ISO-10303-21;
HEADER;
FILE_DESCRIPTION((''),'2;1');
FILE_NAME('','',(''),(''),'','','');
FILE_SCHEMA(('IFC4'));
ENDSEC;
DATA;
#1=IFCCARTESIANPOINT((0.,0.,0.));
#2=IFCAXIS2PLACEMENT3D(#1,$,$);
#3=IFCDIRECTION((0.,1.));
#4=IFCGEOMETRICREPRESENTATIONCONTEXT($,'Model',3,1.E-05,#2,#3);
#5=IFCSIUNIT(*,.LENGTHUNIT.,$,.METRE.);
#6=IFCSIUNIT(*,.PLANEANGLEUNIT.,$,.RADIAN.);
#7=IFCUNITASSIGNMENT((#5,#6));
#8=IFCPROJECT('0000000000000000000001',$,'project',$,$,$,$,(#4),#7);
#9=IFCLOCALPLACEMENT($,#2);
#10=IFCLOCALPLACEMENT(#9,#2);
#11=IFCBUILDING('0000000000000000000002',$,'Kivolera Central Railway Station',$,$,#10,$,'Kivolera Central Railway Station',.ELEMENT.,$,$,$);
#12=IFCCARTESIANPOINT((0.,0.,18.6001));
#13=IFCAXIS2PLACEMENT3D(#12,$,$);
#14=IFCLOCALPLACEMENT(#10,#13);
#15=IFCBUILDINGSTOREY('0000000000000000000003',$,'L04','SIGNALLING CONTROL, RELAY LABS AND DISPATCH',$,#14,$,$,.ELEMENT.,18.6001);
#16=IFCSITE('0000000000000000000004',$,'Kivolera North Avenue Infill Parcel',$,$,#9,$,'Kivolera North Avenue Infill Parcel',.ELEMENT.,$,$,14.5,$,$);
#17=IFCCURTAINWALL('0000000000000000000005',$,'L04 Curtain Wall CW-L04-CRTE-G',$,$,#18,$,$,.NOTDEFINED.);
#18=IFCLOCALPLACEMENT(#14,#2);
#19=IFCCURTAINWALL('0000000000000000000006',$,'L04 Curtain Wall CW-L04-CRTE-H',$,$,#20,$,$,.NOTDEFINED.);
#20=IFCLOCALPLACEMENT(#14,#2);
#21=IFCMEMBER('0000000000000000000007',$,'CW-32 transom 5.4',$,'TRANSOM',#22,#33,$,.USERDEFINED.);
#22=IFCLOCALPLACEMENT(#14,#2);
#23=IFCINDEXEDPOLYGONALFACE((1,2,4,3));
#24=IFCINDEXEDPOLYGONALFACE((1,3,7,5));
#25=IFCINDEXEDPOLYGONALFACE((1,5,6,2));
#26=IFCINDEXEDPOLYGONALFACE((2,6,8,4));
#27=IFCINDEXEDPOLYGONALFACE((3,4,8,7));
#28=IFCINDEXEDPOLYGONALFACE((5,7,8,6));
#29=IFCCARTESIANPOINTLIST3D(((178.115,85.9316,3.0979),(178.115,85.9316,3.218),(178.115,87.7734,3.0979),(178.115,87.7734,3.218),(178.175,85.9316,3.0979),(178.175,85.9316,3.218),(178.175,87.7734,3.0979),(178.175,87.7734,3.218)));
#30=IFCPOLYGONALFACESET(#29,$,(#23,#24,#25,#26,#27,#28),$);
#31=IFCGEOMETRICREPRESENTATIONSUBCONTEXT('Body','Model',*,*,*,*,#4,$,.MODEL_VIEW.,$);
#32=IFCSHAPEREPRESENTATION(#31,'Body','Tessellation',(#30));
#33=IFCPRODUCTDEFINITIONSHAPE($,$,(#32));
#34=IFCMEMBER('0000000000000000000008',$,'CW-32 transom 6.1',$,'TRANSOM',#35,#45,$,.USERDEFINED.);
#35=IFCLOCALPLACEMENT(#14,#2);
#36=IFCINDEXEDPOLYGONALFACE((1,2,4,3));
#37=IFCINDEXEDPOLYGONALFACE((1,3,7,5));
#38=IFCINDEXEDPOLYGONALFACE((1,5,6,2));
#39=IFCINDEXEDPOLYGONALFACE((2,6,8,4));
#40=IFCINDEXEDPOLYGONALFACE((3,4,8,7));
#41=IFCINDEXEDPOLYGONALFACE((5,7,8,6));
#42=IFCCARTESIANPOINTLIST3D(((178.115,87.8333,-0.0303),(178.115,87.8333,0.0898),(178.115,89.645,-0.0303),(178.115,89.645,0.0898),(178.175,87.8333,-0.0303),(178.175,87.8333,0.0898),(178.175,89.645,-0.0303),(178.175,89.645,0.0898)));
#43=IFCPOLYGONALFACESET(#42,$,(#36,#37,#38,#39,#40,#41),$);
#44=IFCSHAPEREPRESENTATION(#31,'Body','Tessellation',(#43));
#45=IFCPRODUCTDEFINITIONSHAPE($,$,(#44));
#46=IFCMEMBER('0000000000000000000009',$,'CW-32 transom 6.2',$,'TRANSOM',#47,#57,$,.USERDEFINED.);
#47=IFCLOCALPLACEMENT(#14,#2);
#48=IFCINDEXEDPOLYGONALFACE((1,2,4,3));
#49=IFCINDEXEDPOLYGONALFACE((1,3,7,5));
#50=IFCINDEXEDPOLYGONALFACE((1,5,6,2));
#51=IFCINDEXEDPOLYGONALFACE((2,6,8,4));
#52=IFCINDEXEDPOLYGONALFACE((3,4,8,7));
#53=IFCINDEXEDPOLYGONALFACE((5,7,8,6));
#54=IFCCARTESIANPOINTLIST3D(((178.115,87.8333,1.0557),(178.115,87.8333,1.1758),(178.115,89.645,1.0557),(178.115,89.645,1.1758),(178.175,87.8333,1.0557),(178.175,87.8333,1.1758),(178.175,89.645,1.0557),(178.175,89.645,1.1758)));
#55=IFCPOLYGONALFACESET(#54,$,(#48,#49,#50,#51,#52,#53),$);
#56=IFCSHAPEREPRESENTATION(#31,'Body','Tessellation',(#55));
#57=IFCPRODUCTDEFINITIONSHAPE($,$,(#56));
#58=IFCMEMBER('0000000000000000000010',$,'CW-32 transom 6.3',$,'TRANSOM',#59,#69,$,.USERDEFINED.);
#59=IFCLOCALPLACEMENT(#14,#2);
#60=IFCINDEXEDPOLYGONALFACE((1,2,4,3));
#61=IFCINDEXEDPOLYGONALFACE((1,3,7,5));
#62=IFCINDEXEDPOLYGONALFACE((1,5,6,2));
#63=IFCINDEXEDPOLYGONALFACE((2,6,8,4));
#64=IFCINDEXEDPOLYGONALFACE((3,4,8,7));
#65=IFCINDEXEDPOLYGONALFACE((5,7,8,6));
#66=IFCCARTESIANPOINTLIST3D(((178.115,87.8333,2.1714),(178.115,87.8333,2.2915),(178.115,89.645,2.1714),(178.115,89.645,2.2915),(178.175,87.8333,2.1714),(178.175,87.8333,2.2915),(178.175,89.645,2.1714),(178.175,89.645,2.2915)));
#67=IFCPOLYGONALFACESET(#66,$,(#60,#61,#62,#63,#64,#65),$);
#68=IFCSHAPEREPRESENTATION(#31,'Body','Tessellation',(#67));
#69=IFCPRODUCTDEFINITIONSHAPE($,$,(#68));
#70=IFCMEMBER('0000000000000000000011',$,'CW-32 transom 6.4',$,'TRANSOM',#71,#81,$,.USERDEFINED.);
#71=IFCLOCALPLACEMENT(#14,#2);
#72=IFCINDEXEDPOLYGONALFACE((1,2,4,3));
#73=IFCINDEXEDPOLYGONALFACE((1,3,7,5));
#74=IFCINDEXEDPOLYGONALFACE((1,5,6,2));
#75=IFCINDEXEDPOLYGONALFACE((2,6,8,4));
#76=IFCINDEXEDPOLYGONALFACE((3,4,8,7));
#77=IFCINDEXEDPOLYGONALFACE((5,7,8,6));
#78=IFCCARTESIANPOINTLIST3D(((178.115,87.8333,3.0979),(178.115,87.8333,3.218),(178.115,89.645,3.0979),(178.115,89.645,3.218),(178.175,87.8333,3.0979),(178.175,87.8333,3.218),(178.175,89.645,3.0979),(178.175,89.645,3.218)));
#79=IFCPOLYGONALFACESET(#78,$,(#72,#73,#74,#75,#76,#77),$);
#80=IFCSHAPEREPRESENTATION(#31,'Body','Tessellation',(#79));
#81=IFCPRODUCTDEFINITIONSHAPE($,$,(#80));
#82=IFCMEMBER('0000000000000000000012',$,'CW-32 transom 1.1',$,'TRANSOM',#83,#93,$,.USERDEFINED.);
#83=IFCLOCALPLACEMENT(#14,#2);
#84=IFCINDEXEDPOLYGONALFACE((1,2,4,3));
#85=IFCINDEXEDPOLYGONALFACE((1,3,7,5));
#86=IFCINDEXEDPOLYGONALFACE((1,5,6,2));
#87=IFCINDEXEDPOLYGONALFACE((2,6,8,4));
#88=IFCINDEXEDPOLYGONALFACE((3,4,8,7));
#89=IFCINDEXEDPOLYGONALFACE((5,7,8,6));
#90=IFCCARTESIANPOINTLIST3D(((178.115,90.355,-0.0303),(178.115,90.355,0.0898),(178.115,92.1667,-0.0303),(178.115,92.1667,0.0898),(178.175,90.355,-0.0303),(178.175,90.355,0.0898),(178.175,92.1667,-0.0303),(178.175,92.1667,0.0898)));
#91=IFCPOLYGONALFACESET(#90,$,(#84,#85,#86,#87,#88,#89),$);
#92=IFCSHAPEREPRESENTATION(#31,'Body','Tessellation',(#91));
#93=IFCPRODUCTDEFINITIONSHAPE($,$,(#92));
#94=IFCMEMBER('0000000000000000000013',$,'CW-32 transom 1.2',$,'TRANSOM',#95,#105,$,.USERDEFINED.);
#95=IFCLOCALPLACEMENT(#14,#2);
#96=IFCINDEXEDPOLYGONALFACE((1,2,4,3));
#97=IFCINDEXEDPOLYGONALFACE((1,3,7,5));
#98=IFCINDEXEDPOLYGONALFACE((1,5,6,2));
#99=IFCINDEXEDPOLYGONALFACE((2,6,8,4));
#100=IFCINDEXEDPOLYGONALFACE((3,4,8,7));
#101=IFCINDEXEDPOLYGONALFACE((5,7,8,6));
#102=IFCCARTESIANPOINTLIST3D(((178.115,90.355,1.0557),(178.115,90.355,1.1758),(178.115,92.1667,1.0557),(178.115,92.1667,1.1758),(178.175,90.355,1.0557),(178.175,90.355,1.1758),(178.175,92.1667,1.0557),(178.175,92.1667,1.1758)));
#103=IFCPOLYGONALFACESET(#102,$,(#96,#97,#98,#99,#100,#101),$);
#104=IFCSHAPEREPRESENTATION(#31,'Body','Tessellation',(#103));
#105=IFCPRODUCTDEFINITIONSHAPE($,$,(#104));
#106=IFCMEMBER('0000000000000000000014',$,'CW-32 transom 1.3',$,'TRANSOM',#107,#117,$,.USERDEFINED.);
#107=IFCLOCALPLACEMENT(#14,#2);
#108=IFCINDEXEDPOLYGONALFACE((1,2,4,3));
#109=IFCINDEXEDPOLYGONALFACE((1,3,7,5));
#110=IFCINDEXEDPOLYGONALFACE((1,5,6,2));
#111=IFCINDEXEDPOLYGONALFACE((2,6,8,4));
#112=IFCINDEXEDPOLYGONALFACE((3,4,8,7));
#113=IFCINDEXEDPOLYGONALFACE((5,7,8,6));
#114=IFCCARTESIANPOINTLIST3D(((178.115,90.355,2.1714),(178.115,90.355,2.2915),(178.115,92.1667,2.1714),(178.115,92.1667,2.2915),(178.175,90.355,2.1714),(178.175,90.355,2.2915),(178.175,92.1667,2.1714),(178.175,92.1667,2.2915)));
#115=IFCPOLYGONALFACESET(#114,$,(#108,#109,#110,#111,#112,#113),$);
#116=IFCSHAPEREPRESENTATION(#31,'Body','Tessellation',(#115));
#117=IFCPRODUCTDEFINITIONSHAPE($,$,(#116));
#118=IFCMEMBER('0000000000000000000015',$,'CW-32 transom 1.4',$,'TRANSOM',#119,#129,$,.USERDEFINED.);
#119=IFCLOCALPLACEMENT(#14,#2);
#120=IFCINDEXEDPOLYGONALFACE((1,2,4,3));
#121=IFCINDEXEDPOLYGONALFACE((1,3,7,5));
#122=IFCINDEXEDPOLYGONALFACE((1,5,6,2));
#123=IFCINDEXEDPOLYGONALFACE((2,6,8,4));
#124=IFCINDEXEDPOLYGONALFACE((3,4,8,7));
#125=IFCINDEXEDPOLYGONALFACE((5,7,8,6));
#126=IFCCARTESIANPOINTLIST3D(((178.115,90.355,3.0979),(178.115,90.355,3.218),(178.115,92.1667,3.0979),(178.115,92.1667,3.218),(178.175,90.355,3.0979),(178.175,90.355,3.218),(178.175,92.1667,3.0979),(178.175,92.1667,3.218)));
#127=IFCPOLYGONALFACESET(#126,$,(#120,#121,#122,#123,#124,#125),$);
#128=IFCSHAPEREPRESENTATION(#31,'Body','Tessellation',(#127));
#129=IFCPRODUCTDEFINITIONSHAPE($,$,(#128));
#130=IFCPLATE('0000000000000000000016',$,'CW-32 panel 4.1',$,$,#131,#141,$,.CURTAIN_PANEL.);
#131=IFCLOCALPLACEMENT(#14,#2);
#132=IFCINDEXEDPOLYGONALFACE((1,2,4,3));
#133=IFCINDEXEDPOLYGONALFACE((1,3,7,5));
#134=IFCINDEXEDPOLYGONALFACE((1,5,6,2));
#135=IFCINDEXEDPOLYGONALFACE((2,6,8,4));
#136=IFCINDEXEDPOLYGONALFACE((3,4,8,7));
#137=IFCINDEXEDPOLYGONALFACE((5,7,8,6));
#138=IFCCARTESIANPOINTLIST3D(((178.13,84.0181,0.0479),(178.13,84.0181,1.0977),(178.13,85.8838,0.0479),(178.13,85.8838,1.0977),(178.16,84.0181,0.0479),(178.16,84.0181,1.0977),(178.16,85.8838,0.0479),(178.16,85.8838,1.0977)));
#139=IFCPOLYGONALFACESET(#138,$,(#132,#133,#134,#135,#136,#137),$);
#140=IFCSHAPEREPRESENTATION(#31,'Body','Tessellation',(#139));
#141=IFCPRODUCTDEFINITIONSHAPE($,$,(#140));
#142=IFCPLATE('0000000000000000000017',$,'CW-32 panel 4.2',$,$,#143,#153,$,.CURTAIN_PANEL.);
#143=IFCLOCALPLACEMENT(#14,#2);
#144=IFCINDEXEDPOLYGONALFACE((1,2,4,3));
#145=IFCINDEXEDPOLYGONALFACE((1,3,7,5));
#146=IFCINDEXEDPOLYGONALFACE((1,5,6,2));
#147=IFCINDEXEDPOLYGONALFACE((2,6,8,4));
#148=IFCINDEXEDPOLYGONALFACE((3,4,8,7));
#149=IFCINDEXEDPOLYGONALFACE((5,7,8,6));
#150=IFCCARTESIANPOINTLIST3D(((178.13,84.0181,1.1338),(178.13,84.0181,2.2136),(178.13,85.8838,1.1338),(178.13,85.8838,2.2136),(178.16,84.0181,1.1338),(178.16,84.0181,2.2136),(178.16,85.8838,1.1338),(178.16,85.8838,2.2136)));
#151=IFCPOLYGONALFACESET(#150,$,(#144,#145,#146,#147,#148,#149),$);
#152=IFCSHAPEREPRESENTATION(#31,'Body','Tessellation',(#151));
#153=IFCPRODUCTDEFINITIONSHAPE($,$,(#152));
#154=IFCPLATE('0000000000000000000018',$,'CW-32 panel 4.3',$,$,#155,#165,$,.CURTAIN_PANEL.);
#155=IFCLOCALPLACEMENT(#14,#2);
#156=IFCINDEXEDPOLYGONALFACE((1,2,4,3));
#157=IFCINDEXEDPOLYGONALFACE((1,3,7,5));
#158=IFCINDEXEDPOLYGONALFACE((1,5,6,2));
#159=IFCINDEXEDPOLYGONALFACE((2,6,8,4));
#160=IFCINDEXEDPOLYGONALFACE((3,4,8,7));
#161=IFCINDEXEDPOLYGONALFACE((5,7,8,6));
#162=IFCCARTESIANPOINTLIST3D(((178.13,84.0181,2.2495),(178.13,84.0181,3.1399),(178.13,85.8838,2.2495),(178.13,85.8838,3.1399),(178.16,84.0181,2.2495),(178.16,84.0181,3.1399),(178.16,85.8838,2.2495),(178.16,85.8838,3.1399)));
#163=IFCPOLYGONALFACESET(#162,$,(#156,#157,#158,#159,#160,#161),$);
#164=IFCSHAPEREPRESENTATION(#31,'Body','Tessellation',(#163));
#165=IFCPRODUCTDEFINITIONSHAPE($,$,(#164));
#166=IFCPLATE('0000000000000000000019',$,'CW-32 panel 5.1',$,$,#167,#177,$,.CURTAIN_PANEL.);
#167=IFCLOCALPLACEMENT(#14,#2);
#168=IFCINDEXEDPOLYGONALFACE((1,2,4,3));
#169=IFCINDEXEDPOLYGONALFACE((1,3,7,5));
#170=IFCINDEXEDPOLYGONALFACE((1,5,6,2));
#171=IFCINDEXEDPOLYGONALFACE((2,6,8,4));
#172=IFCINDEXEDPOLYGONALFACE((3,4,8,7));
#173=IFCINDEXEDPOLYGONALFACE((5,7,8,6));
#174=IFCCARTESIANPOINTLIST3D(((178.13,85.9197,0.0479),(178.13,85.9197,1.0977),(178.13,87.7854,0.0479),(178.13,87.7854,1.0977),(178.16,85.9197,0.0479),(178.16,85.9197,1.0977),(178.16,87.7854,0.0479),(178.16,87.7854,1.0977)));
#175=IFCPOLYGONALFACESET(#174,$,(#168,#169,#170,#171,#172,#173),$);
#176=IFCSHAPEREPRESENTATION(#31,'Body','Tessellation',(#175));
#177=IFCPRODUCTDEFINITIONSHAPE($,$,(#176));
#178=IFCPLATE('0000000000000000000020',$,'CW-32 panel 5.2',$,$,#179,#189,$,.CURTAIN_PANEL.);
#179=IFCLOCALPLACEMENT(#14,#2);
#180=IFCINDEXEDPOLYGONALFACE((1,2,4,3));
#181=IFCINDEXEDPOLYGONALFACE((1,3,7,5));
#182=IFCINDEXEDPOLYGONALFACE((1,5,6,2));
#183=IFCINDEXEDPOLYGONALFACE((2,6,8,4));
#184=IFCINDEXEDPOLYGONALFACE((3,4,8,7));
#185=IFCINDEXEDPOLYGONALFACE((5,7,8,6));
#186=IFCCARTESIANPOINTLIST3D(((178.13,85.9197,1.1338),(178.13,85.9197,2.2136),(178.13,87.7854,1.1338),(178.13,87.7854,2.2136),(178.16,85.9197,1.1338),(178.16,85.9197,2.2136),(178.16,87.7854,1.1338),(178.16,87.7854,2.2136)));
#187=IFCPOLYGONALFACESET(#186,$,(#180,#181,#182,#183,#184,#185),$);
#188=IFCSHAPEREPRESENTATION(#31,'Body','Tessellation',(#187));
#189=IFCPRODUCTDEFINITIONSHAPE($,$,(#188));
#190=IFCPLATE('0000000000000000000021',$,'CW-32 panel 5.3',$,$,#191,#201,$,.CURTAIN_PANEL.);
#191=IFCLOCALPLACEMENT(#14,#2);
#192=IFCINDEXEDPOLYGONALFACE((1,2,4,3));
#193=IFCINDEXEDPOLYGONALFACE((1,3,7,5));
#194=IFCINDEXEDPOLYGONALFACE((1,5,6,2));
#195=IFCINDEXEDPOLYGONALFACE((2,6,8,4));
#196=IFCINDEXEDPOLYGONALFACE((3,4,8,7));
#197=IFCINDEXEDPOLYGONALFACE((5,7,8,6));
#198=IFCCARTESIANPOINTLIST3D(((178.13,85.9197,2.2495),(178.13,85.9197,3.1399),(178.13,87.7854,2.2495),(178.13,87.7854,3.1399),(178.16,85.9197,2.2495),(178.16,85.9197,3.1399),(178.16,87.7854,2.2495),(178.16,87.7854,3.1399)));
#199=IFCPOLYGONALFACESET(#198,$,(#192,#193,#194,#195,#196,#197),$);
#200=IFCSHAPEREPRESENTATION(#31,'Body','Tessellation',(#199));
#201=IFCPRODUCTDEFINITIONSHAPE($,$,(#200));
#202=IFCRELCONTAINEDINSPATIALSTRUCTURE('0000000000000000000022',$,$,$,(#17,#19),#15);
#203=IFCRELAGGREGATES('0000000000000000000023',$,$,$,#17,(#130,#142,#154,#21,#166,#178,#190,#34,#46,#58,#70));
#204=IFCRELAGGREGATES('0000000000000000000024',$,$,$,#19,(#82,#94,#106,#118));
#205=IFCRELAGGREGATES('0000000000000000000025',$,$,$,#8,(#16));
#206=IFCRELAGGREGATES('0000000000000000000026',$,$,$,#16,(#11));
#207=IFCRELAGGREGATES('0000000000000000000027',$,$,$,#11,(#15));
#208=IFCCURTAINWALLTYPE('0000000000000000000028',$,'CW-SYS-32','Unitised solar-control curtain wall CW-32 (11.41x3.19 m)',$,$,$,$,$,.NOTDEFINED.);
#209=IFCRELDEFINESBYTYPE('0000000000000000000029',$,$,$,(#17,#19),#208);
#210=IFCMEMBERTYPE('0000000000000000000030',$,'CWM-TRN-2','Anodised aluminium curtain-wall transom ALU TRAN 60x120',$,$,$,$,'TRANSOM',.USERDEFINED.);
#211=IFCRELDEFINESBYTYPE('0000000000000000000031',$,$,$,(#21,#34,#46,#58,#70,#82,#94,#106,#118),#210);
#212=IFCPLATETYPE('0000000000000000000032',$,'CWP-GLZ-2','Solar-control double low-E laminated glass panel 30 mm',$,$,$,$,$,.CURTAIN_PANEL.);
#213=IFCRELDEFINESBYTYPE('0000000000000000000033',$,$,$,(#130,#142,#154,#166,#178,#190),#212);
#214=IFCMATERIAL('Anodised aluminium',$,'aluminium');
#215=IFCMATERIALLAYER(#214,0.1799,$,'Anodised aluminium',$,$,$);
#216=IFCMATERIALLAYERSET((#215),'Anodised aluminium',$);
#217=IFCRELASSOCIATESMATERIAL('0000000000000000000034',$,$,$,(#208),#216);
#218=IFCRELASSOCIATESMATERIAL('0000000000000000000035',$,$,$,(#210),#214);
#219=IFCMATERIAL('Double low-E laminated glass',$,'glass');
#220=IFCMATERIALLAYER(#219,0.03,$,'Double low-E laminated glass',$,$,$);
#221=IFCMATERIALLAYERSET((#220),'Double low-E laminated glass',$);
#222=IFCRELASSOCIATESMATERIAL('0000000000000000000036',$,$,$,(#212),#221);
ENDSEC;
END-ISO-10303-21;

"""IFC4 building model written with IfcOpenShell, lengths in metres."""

from ifc_helpers import new_model, si_unit, direction, frame, origin, origin_2d, place, context, subcontext, project, spatial, rectangle, extrude, material, layer, layer_set, material_profile, profile_set, type_object, element, aggregate, save


model = new_model("IFC4")

# Units and contexts
model_context = context("Model", 3, precision=1e-05, world=origin(), true_north=direction((0.0, 1.0)))
body_context = subcontext(model_context, "Body", "Model", "MODEL_VIEW")
ifc_project = project(units=[si_unit("LENGTHUNIT", "METRE"), si_unit("PLANEANGLEUNIT", "RADIAN")], contexts=[model_context])

# Site, building, storey
site_placement = place(None, origin())
site = spatial("IfcSite", under=ifc_project, at=site_placement, Name="Kivolera North Avenue Infill Parcel", LongName="Kivolera North Avenue Infill Parcel", CompositionType="ELEMENT", RefElevation=14.5)
building_placement = place(site_placement, origin())
building = spatial("IfcBuilding", under=site, at=building_placement, Name="Kivolera Central Railway Station", LongName="Kivolera Central Railway Station", CompositionType="ELEMENT")
storey_placement = place(building_placement, frame((0.0, 0.0, 18.6001)))
storey = spatial("IfcBuildingStorey", under=building, at=storey_placement, Name="L04", Description="SIGNALLING CONTROL, RELAY LABS AND DISPATCH", CompositionType="ELEMENT", Elevation=18.6001)

# Curtain wall
ifc_material_1 = material(Name="Anodised aluminium", Category="aluminium")
ifc_layer_1 = layer(ifc_material_1, 0.1799, Name="Anodised aluminium")
ifc_layer_set_1 = layer_set([ifc_layer_1], Name="Anodised aluminium")
curtain_wall_type = type_object("IfcCurtainWallType", Name="CW-SYS-32", Description="Unitised solar-control curtain wall CW-32 (11.41x3.19 m)", PredefinedType="NOTDEFINED", material=ifc_layer_set_1)
curtain_wall_1_placement = place(storey_placement, origin())
curtain_wall_1 = element("IfcCurtainWall", 1, at=curtain_wall_1_placement, inside=storey, type_object=curtain_wall_type, Name="L04 Curtain Wall CW-L04-CRTE-G", PredefinedType="NOTDEFINED")

# Curtain wall
curtain_wall_2_placement = place(storey_placement, origin())
curtain_wall_2 = element("IfcCurtainWall", 2, at=curtain_wall_2_placement, inside=storey, type_object=curtain_wall_type, Name="L04 Curtain Wall CW-L04-CRTE-H", PredefinedType="NOTDEFINED")

# Members
ifc_material_profile_1 = material_profile(ifc_material_1, rectangle(XDim=0.0601, YDim=0.1201, at=origin_2d()), Name="ALU TRAN 60x120")
ifc_profile_set_1 = profile_set([ifc_material_profile_1], Name="Anodised aluminium")
member_type_1 = type_object("IfcMemberType", Name="CWM-TRN-2", Description="Anodised aluminium curtain-wall transom ALU TRAN 60x120", ElementType="TRANSOM", PredefinedType="USERDEFINED", material=ifc_profile_set_1)
member_1_placement = place(storey_placement, frame((178.145, 85.9316, 3.158), z_axis=(0.0, 1.0, 0.0), x_axis=(-1.0, 0.0, 0.0)))
member_1 = element("IfcMember", 3, at=member_1_placement, type_object=member_type_1, Name="CW-32 transom 5.4", ObjectType="TRANSOM", PredefinedType="USERDEFINED", context=body_context, shape_type="SweptSolid", body=[
    extrude(rectangle(XDim=0.0601, YDim=0.1201, at=origin_2d()), origin(), (0.0, 0.0, 1.0), 1.8418),
])
member_2_placement = place(storey_placement, frame((178.145, 87.8333, 0.0298), z_axis=(0.0, 1.0, 0.0), x_axis=(-1.0, 0.0, 0.0)))
member_2 = element("IfcMember", 4, at=member_2_placement, type_object=member_type_1, Name="CW-32 transom 6.1", ObjectType="TRANSOM", PredefinedType="USERDEFINED", context=body_context, shape_type="SweptSolid", body=[
    extrude(rectangle(XDim=0.0601, YDim=0.1201, at=origin_2d()), origin(), (0.0, 0.0, 1.0), 1.8118),
])
member_3_placement = place(storey_placement, frame((178.145, 87.8333, 1.1157), z_axis=(0.0, 1.0, 0.0), x_axis=(-1.0, 0.0, 0.0)))
member_3 = element("IfcMember", 5, at=member_3_placement, type_object=member_type_1, Name="CW-32 transom 6.2", ObjectType="TRANSOM", PredefinedType="USERDEFINED", context=body_context, shape_type="SweptSolid", body=[
    extrude(rectangle(XDim=0.0601, YDim=0.1201, at=origin_2d()), origin(), (0.0, 0.0, 1.0), 1.8118),
])
member_4_placement = place(storey_placement, frame((178.145, 87.8333, 2.2314), z_axis=(0.0, 1.0, 0.0), x_axis=(-1.0, 0.0, 0.0)))
member_4 = element("IfcMember", 6, at=member_4_placement, type_object=member_type_1, Name="CW-32 transom 6.3", ObjectType="TRANSOM", PredefinedType="USERDEFINED", context=body_context, shape_type="SweptSolid", body=[
    extrude(rectangle(XDim=0.0601, YDim=0.1201, at=origin_2d()), origin(), (0.0, 0.0, 1.0), 1.8118),
])
member_5_placement = place(storey_placement, frame((178.145, 87.8333, 3.158), z_axis=(0.0, 1.0, 0.0), x_axis=(-1.0, 0.0, 0.0)))
member_5 = element("IfcMember", 7, at=member_5_placement, type_object=member_type_1, Name="CW-32 transom 6.4", ObjectType="TRANSOM", PredefinedType="USERDEFINED", context=body_context, shape_type="SweptSolid", body=[
    extrude(rectangle(XDim=0.0601, YDim=0.1201, at=origin_2d()), origin(), (0.0, 0.0, 1.0), 1.8118),
])
member_6_placement = place(storey_placement, frame((178.145, 90.355, 0.0298), z_axis=(0.0, 1.0, 0.0), x_axis=(-1.0, 0.0, 0.0)))
member_6 = element("IfcMember", 8, at=member_6_placement, type_object=member_type_1, Name="CW-32 transom 1.1", ObjectType="TRANSOM", PredefinedType="USERDEFINED", context=body_context, shape_type="SweptSolid", body=[
    extrude(rectangle(XDim=0.0601, YDim=0.1201, at=origin_2d()), origin(), (0.0, 0.0, 1.0), 1.8118),
])
member_7_placement = place(storey_placement, frame((178.145, 90.355, 1.1157), z_axis=(0.0, 1.0, 0.0), x_axis=(-1.0, 0.0, 0.0)))
member_7 = element("IfcMember", 9, at=member_7_placement, type_object=member_type_1, Name="CW-32 transom 1.2", ObjectType="TRANSOM", PredefinedType="USERDEFINED", context=body_context, shape_type="SweptSolid", body=[
    extrude(rectangle(XDim=0.0601, YDim=0.1201, at=origin_2d()), origin(), (0.0, 0.0, 1.0), 1.8118),
])
member_8_placement = place(storey_placement, frame((178.145, 90.355, 2.2314), z_axis=(0.0, 1.0, 0.0), x_axis=(-1.0, 0.0, 0.0)))
member_8 = element("IfcMember", 10, at=member_8_placement, type_object=member_type_1, Name="CW-32 transom 1.3", ObjectType="TRANSOM", PredefinedType="USERDEFINED", context=body_context, shape_type="SweptSolid", body=[
    extrude(rectangle(XDim=0.0601, YDim=0.1201, at=origin_2d()), origin(), (0.0, 0.0, 1.0), 1.8118),
])
member_9_placement = place(storey_placement, frame((178.145, 90.355, 3.158), z_axis=(0.0, 1.0, 0.0), x_axis=(-1.0, 0.0, 0.0)))
member_9 = element("IfcMember", 11, at=member_9_placement, type_object=member_type_1, Name="CW-32 transom 1.4", ObjectType="TRANSOM", PredefinedType="USERDEFINED", context=body_context, shape_type="SweptSolid", body=[
    extrude(rectangle(XDim=0.0601, YDim=0.1201, at=origin_2d()), origin(), (0.0, 0.0, 1.0), 1.8118),
])

# Plates
ifc_material_2 = material(Name="Double low-E laminated glass", Category="glass")
ifc_layer_2 = layer(ifc_material_2, 0.03, Name="Double low-E laminated glass")
ifc_layer_set_2 = layer_set([ifc_layer_2], Name="Double low-E laminated glass")
plate_type = type_object("IfcPlateType", Name="CWP-GLZ-2", Description="Solar-control double low-E laminated glass panel 30 mm", PredefinedType="CURTAIN_PANEL", material=ifc_layer_set_2)
plate_1_placement = place(storey_placement, frame((178.145, 84.9509, 0.0479), z_axis=(0.0, 0.0, 1.0), x_axis=(0.0, 1.0, 0.0)))
plate_1 = element("IfcPlate", 12, at=plate_1_placement, type_object=plate_type, Name="CW-32 panel 4.1", PredefinedType="CURTAIN_PANEL", context=body_context, shape_type="SweptSolid", body=[
    extrude(rectangle(XDim=1.8657, YDim=0.03, at=origin_2d()), origin(), (0.0, 0.0, 1.0), 1.0498),
])
plate_2_placement = place(storey_placement, frame((178.145, 84.9509, 1.1338), z_axis=(0.0, 0.0, 1.0), x_axis=(0.0, 1.0, 0.0)))
plate_2 = element("IfcPlate", 13, at=plate_2_placement, type_object=plate_type, Name="CW-32 panel 4.2", PredefinedType="CURTAIN_PANEL", context=body_context, shape_type="SweptSolid", body=[
    extrude(rectangle(XDim=1.8657, YDim=0.03, at=origin_2d()), origin(), (0.0, 0.0, 1.0), 1.0798),
])
plate_3_placement = place(storey_placement, frame((178.145, 84.9509, 2.2495), z_axis=(0.0, 0.0, 1.0), x_axis=(0.0, 1.0, 0.0)))
plate_3 = element("IfcPlate", 14, at=plate_3_placement, type_object=plate_type, Name="CW-32 panel 4.3", PredefinedType="CURTAIN_PANEL", context=body_context, shape_type="SweptSolid", body=[
    extrude(rectangle(XDim=1.8657, YDim=0.03, at=origin_2d()), origin(), (0.0, 0.0, 1.0), 0.8904),
])
plate_4_placement = place(storey_placement, frame((178.145, 86.8525, 0.0479), z_axis=(0.0, 0.0, 1.0), x_axis=(0.0, 1.0, 0.0)))
plate_4 = element("IfcPlate", 15, at=plate_4_placement, type_object=plate_type, Name="CW-32 panel 5.1", PredefinedType="CURTAIN_PANEL", context=body_context, shape_type="SweptSolid", body=[
    extrude(rectangle(XDim=1.8657, YDim=0.03, at=origin_2d()), origin(), (0.0, 0.0, 1.0), 1.0498),
])
plate_5_placement = place(storey_placement, frame((178.145, 86.8525, 1.1338), z_axis=(0.0, 0.0, 1.0), x_axis=(0.0, 1.0, 0.0)))
plate_5 = element("IfcPlate", 16, at=plate_5_placement, type_object=plate_type, Name="CW-32 panel 5.2", PredefinedType="CURTAIN_PANEL", context=body_context, shape_type="SweptSolid", body=[
    extrude(rectangle(XDim=1.8657, YDim=0.03, at=origin_2d()), origin(), (0.0, 0.0, 1.0), 1.0798),
])
plate_6_placement = place(storey_placement, frame((178.145, 86.8525, 2.2495), z_axis=(0.0, 0.0, 1.0), x_axis=(0.0, 1.0, 0.0)))
plate_6 = element("IfcPlate", 17, at=plate_6_placement, type_object=plate_type, Name="CW-32 panel 5.3", PredefinedType="CURTAIN_PANEL", context=body_context, shape_type="SweptSolid", body=[
    extrude(rectangle(XDim=1.8657, YDim=0.03, at=origin_2d()), origin(), (0.0, 0.0, 1.0), 0.8904),
])
aggregate(curtain_wall_1, [plate_1, plate_2, plate_3, member_1, plate_4, plate_5, plate_6, member_2, member_3, member_4, member_5])
aggregate(curtain_wall_2, [member_6, member_7, member_8, member_9])

save(model, "model.ifc")
